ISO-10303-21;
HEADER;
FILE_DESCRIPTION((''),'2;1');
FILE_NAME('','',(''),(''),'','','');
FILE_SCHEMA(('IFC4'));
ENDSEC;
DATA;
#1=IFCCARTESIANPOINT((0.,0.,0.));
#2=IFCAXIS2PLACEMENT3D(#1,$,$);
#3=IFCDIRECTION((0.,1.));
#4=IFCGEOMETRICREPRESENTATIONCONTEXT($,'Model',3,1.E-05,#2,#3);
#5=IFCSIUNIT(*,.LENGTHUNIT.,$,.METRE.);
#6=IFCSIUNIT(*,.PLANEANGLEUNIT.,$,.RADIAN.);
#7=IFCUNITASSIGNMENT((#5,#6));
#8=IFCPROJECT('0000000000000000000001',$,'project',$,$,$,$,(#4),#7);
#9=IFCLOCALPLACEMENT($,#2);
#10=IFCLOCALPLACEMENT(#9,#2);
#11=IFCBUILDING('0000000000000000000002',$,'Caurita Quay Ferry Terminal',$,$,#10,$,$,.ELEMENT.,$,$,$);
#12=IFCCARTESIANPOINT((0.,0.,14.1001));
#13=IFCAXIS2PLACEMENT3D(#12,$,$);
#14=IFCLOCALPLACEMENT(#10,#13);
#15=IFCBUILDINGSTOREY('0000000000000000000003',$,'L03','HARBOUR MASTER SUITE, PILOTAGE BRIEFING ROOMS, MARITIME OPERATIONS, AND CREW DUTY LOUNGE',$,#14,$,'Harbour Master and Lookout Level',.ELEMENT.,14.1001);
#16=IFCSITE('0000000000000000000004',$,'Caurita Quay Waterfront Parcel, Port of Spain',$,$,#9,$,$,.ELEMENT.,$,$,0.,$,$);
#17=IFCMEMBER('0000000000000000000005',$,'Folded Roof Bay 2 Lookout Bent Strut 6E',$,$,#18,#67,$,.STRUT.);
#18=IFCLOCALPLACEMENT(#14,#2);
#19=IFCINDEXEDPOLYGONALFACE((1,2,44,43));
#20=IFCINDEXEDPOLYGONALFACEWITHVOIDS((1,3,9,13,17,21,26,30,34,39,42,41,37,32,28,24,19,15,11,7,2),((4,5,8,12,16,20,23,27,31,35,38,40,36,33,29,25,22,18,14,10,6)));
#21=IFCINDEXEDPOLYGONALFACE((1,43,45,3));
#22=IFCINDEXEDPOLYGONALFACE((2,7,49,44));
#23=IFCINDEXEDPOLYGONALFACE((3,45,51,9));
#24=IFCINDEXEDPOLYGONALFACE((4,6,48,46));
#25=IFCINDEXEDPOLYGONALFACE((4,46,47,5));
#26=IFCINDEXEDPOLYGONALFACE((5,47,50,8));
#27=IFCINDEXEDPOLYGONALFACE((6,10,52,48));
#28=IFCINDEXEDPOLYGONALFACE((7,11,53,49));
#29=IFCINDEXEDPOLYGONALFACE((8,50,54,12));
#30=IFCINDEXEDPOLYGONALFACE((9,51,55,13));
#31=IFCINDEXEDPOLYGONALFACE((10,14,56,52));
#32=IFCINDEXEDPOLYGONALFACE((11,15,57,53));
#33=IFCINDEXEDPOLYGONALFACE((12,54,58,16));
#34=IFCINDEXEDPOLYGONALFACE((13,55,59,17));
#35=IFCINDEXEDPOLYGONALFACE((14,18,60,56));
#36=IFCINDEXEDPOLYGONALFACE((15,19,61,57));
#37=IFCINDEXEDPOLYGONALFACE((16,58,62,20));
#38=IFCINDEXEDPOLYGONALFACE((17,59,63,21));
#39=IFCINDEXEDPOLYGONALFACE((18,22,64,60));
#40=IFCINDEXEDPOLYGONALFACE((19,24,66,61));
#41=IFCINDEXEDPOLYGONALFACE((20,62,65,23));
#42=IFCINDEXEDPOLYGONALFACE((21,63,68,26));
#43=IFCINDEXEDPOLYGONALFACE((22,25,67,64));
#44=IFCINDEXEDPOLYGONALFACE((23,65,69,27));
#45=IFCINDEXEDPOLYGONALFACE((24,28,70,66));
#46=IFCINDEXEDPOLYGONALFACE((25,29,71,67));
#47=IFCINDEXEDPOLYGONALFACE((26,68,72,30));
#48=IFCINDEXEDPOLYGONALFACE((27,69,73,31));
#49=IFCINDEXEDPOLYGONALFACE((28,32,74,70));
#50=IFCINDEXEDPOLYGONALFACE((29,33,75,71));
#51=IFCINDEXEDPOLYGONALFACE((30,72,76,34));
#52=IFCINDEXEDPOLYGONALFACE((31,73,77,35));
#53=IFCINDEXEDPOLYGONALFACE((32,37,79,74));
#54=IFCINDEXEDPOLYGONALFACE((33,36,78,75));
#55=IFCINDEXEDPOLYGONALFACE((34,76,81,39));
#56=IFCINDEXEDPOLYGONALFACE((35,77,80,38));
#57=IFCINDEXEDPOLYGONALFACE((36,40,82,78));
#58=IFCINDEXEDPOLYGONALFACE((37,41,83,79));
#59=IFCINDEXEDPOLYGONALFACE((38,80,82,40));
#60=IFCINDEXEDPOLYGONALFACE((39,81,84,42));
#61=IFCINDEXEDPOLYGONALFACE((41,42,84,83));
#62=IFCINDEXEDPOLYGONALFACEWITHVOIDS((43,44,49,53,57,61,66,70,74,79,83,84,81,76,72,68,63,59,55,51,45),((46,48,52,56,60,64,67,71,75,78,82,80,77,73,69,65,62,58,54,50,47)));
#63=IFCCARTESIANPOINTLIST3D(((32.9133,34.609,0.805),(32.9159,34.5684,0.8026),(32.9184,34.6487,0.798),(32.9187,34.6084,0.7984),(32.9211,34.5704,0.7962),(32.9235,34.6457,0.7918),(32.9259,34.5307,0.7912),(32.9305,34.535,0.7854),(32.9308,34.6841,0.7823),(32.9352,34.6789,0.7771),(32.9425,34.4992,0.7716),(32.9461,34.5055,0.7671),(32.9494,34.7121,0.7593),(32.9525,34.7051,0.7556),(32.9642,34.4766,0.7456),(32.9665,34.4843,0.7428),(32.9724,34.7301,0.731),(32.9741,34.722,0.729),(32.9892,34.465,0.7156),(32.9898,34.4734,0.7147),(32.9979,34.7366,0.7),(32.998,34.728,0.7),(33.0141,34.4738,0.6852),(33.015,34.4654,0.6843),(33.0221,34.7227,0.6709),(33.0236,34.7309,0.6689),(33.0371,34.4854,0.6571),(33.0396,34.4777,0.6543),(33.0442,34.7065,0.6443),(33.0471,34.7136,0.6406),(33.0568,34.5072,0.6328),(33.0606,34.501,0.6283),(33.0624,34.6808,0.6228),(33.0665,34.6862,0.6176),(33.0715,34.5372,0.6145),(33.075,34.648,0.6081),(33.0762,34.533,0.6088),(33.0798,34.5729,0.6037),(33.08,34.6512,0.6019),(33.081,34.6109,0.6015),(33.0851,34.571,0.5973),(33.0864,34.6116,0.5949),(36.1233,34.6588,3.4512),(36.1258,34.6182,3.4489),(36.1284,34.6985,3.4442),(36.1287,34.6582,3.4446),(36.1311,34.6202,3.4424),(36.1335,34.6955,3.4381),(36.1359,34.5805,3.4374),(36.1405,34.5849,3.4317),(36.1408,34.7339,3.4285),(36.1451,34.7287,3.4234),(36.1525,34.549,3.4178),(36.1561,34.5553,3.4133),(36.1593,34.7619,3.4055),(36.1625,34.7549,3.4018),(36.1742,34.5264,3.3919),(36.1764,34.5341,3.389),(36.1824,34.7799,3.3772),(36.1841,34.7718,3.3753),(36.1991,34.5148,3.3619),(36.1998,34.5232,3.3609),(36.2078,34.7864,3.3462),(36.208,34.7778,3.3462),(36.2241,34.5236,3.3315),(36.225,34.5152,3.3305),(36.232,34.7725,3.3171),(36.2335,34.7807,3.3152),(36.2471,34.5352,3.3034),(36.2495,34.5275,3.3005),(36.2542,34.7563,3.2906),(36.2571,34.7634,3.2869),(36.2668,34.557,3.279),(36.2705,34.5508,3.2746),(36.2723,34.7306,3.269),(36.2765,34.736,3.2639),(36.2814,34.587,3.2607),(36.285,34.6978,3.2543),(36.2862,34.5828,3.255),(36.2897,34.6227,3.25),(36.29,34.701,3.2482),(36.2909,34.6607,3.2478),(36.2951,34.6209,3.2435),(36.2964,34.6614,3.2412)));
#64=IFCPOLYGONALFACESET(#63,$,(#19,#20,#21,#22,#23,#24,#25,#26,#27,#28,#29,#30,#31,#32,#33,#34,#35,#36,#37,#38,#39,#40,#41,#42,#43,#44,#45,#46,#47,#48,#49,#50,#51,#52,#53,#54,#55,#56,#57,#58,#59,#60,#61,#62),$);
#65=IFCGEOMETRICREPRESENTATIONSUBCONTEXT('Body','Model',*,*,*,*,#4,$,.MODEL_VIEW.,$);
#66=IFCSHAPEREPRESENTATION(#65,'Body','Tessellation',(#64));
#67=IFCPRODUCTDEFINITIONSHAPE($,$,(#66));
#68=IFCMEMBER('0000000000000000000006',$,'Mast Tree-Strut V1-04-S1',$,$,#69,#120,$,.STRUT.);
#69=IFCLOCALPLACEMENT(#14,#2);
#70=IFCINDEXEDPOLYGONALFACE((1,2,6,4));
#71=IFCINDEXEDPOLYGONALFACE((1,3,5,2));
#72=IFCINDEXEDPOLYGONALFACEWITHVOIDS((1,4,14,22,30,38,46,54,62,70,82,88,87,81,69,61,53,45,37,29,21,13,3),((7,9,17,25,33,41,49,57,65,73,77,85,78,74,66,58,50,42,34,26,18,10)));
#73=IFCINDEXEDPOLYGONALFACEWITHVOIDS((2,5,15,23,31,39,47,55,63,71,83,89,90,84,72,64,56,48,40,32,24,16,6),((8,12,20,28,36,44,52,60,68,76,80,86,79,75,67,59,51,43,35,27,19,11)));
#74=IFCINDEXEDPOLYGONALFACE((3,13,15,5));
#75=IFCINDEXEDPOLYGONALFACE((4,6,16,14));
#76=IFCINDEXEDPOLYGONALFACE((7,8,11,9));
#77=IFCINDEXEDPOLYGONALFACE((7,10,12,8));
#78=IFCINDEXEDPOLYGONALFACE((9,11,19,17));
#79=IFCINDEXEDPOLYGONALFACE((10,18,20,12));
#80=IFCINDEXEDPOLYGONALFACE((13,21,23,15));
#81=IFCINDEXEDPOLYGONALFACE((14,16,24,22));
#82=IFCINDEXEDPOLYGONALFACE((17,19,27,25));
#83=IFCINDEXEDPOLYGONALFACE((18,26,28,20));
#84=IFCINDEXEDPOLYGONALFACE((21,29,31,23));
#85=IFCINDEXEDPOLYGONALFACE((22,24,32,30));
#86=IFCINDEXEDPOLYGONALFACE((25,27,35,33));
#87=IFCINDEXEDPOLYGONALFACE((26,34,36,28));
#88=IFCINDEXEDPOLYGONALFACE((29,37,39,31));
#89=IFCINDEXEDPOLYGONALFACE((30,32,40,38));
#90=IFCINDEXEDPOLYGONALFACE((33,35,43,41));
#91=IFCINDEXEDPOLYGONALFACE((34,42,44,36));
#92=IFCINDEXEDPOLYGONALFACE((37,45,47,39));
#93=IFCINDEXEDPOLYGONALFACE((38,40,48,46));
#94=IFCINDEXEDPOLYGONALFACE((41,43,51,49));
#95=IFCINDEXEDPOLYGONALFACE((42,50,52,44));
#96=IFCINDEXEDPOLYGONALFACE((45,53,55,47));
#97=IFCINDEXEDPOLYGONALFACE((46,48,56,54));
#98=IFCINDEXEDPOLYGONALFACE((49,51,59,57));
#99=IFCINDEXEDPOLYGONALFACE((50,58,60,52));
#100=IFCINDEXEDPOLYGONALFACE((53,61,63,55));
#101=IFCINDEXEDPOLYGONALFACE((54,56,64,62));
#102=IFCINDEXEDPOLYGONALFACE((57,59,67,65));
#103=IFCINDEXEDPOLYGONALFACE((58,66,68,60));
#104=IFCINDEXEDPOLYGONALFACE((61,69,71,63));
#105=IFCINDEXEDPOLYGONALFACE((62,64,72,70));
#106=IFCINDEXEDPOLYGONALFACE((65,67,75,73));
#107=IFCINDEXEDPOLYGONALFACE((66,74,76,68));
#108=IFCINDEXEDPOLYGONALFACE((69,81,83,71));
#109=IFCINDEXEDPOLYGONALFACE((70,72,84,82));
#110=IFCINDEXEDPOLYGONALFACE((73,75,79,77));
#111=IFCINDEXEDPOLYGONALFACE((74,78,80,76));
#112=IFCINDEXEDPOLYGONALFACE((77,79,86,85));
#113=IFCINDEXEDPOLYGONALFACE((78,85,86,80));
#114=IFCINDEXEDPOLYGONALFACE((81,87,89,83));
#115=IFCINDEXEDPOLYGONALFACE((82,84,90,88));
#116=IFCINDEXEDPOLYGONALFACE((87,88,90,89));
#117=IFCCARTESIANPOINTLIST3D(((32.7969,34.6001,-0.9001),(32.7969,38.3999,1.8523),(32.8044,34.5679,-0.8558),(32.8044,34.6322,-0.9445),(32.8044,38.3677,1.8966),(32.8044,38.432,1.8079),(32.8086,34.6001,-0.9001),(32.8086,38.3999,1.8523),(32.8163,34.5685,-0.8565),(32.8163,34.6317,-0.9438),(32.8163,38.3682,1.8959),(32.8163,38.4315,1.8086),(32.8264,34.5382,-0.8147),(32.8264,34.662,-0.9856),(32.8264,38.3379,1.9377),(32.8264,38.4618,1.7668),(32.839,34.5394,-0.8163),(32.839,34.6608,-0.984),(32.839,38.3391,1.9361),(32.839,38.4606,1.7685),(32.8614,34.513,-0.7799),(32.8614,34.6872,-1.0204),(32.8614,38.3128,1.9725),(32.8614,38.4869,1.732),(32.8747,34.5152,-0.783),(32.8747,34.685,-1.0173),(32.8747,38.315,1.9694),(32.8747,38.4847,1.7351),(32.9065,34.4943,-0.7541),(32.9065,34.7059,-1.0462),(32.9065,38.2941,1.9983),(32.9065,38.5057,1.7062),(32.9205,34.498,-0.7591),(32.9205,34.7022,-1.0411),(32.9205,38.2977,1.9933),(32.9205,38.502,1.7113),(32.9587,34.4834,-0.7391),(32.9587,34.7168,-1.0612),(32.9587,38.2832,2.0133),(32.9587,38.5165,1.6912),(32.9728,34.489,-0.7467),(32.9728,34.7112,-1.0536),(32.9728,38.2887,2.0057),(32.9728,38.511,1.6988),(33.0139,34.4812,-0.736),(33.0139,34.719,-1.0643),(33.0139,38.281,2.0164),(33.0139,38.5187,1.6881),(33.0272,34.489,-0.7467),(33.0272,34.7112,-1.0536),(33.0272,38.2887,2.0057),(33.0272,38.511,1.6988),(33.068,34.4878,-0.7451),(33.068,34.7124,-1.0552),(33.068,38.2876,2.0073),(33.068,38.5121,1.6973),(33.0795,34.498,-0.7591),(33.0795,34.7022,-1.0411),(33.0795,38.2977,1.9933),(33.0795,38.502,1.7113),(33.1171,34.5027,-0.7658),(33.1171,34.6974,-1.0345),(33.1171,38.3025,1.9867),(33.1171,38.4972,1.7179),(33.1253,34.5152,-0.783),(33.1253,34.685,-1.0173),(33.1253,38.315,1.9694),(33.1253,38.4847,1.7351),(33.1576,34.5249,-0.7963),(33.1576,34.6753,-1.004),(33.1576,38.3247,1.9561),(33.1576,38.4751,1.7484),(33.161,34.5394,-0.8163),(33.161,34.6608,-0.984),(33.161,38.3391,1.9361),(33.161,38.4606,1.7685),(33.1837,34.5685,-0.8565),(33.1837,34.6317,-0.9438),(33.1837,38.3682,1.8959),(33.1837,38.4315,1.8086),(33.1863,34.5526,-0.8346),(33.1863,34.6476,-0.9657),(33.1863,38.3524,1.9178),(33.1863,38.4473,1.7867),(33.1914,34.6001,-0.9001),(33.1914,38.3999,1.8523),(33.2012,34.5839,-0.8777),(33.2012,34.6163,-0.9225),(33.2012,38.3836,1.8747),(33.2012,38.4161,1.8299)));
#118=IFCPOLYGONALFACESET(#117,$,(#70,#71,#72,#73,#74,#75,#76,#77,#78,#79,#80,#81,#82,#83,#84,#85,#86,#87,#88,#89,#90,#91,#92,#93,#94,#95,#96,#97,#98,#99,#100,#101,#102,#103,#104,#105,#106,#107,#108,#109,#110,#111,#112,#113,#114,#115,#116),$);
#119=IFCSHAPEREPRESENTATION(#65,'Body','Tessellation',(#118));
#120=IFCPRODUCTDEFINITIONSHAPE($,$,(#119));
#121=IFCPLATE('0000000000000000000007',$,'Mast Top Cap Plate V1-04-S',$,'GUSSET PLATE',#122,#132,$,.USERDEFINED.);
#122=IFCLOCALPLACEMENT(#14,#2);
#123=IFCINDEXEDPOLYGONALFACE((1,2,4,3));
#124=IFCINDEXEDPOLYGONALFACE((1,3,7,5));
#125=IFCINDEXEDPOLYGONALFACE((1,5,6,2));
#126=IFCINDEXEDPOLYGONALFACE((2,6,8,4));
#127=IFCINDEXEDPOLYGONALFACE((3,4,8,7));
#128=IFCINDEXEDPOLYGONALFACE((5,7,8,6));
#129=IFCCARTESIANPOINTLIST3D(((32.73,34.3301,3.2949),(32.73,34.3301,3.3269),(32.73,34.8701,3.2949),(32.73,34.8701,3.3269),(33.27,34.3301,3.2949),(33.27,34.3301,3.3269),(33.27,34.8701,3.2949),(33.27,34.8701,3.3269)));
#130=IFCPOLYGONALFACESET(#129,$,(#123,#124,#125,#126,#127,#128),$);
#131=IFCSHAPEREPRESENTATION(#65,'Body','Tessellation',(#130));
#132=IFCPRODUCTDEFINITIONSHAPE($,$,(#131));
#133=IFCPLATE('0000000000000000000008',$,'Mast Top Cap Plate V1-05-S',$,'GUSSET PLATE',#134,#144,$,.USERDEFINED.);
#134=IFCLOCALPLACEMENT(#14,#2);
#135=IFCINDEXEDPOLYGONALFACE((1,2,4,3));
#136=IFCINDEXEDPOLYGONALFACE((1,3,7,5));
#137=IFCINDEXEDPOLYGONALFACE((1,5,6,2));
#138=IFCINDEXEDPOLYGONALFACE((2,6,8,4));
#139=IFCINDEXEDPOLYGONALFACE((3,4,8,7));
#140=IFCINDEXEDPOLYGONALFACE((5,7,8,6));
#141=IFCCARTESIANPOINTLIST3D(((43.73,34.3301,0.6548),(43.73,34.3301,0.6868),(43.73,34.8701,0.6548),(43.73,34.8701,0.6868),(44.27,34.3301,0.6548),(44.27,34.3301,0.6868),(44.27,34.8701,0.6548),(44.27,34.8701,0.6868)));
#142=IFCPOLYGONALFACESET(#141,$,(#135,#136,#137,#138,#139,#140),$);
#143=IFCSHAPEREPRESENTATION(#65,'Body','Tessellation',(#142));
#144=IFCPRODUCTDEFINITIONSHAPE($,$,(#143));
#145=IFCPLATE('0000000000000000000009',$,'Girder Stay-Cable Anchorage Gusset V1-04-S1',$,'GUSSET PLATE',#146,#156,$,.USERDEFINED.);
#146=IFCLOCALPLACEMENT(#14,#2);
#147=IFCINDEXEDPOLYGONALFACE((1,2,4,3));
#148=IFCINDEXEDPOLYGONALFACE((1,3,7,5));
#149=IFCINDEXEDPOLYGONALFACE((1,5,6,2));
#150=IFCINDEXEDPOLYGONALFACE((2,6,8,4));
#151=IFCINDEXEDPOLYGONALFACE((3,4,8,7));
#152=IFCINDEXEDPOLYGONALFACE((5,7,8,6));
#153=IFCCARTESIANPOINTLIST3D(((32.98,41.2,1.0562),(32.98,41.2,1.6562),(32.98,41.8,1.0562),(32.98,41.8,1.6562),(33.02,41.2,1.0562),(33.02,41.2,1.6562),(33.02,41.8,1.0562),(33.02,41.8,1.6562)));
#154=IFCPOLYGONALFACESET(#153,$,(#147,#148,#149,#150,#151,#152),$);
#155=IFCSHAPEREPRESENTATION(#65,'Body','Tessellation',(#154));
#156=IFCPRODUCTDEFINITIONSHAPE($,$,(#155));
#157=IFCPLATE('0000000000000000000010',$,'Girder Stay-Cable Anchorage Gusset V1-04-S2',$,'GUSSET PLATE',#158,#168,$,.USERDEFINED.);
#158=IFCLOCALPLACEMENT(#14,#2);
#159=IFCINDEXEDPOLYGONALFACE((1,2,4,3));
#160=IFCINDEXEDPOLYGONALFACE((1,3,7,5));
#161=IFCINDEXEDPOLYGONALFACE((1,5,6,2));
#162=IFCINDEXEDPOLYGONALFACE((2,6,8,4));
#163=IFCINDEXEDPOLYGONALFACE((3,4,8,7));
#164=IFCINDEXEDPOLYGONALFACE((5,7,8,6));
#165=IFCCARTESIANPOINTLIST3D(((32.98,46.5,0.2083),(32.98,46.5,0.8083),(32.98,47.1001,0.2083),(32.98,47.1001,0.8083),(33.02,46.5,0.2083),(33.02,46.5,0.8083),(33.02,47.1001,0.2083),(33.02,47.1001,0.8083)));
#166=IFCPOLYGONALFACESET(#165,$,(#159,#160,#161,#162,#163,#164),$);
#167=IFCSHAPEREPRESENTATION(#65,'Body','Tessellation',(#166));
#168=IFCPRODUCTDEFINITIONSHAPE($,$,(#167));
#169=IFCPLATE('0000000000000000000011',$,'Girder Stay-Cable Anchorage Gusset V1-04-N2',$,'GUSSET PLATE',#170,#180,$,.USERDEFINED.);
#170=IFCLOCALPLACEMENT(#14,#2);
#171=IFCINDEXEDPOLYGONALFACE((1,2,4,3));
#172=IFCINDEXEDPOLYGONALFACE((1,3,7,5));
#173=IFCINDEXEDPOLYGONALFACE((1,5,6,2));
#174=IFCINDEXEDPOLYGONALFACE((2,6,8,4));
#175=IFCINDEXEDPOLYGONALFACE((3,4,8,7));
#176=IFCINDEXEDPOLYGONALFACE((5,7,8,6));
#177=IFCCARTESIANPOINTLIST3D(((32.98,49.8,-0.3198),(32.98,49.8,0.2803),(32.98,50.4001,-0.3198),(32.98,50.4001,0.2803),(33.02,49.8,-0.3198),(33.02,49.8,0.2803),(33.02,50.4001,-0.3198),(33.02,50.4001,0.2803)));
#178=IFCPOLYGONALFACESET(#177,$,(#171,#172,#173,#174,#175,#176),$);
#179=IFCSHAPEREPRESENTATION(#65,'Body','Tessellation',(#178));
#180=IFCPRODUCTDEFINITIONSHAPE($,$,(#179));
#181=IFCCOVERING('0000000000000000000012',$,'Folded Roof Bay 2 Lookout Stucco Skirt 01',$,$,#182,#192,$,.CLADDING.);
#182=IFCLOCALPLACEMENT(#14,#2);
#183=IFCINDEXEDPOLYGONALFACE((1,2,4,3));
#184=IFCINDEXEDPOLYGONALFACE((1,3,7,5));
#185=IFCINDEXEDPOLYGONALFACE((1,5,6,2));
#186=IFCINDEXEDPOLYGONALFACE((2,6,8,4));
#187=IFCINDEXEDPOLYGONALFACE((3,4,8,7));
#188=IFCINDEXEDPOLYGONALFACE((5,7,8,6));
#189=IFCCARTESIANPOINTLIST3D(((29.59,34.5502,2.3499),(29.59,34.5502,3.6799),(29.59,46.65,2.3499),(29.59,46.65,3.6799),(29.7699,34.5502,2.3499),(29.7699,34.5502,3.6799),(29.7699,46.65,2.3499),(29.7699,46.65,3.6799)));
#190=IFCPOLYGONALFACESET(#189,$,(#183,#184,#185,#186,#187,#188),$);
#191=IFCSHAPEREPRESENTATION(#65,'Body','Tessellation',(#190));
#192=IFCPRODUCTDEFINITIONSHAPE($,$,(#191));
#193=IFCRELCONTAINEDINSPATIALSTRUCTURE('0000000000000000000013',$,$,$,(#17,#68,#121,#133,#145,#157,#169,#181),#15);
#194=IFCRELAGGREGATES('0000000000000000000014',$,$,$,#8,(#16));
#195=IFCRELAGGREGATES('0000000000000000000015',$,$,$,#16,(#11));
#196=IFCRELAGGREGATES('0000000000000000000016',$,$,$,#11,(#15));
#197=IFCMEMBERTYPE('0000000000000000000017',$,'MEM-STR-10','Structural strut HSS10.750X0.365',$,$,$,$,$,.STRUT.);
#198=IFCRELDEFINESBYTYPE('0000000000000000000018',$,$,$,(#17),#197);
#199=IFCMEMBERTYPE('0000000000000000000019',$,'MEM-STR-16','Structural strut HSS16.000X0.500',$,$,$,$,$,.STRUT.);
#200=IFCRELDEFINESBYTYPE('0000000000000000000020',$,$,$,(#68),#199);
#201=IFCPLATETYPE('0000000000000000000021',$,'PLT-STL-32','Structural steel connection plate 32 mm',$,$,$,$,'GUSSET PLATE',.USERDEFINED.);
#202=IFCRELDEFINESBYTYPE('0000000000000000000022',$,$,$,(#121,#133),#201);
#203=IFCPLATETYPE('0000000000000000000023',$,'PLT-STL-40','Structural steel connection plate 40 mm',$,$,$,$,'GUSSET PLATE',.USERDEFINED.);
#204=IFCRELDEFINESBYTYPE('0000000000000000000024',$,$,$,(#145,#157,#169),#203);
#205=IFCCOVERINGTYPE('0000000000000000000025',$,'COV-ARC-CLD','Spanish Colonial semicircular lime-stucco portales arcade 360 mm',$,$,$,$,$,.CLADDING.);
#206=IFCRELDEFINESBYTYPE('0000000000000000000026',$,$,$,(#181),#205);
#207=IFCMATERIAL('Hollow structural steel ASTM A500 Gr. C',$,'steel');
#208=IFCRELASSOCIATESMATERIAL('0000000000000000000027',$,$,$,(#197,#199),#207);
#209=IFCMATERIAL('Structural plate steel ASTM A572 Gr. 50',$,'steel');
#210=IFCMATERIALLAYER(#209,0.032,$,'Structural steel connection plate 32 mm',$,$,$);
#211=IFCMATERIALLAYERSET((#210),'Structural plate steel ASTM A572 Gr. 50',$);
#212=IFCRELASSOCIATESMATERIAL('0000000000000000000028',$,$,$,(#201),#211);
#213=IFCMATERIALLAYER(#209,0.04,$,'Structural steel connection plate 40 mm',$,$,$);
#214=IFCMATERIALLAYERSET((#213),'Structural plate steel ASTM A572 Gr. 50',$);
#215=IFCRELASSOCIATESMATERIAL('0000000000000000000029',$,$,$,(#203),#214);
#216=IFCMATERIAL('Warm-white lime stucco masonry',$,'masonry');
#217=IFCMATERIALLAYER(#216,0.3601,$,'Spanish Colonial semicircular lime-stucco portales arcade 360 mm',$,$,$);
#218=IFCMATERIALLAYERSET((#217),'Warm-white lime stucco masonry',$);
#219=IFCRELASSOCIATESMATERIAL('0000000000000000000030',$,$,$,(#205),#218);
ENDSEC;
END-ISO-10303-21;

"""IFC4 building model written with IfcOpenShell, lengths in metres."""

from ifc_helpers import new_model, si_unit, direction, frame, frame_2d, origin, origin_2d, place, context, subcontext, project, spatial, rectangle, hollow_circle, extrude, material, layer, layer_set, material_profile, profile_set, type_object, element, save


model = new_model("IFC4")

# Units and contexts
model_context = context("Model", 3, precision=1e-05, world=origin(), true_north=direction((0.0, 1.0)))
body_context = subcontext(model_context, "Body", "Model", "MODEL_VIEW")
ifc_project = project(units=[si_unit("LENGTHUNIT", "METRE"), si_unit("PLANEANGLEUNIT", "RADIAN")], contexts=[model_context])

# Site, building, storey
site_placement = place(None, origin())
site = spatial("IfcSite", under=ifc_project, at=site_placement, Name="Caurita Quay Waterfront Parcel, Port of Spain", CompositionType="ELEMENT", RefElevation=0.0)
building_placement = place(site_placement, origin())
building = spatial("IfcBuilding", under=site, at=building_placement, Name="Caurita Quay Ferry Terminal", CompositionType="ELEMENT")
storey_placement = place(building_placement, frame((0.0, 0.0, 14.1001)))
storey = spatial("IfcBuildingStorey", under=building, at=storey_placement, Name="L03", Description="HARBOUR MASTER SUITE, PILOTAGE BRIEFING ROOMS, MARITIME OPERATIONS, AND CREW DUTY LOUNGE", LongName="Harbour Master and Lookout Level", CompositionType="ELEMENT", Elevation=14.1001)

# Shared definitions
ifc_material_1 = material(Name="Hollow structural steel ASTM A500 Gr. C", Category="steel")

# Members
ifc_material_profile_1 = material_profile(ifc_material_1, hollow_circle(Radius=0.1365, WallThickness=0.0085, at=origin_2d()), Name="HSS10.750X0.365")
ifc_profile_set_1 = profile_set([ifc_material_profile_1], Name="Hollow structural steel ASTM A500 Gr. C")
member_type_1 = type_object("IfcMemberType", Name="MEM-STR-10", Description="Structural strut HSS10.750X0.365", PredefinedType="STRUT", material=ifc_profile_set_1)
for number, where, z_axis, x_axis, name in (
    (1, (33.0, 34.6001, 0.7), (0.771551, 0.011971, 0.636054), (-0.015514, 0.99988, 0.0), "Folded Roof Bay 2 Lookout Bent Strut 6E"),
):
    element("IfcMember", number, at=place(storey_placement, frame(where, z_axis=z_axis, x_axis=x_axis)), inside=storey, type_object=member_type_1, Name=name, PredefinedType="STRUT", context=body_context, shape_type="SweptSolid", body=[
        extrude(hollow_circle(Radius=0.1365, WallThickness=0.0085, at=origin_2d()), origin(), (0.0, 0.0, 1.0), 4.1604),
    ])
ifc_material_profile_2 = material_profile(ifc_material_1, hollow_circle(Radius=0.2031, WallThickness=0.0117, at=origin_2d()), Name="HSS16.000X0.500")
ifc_profile_set_2 = profile_set([ifc_material_profile_2], Name="Hollow structural steel ASTM A500 Gr. C")
member_type_2 = type_object("IfcMemberType", Name="MEM-STR-16", Description="Structural strut HSS16.000X0.500", PredefinedType="STRUT", material=ifc_profile_set_2)
member_1_placement = place(storey_placement, frame((33.0, 34.6001, -0.9001), z_axis=(0.0, 0.809855, 0.58663), x_axis=(-1.0, 0.0, 0.0)))
element("IfcMember", 2, at=member_1_placement, inside=storey, type_object=member_type_2, Name="Mast Tree-Strut V1-04-S1", PredefinedType="STRUT", context=body_context, shape_type="SweptSolid", body=[
    extrude(hollow_circle(Radius=0.2031, WallThickness=0.0117, at=origin_2d()), origin(), (0.0, 0.0, 1.0), 4.6919),
])

# Plates
ifc_material_2 = material(Name="Structural plate steel ASTM A572 Gr. 50", Category="steel")
ifc_layer_1 = layer(ifc_material_2, 0.032, Name="Structural steel connection plate 32 mm")
ifc_layer_set_1 = layer_set([ifc_layer_1], Name="Structural plate steel ASTM A572 Gr. 50")
plate_type_1 = type_object("IfcPlateType", Name="PLT-STL-32", Description="Structural steel connection plate 32 mm", ElementType="GUSSET PLATE", PredefinedType="USERDEFINED", material=ifc_layer_set_1)
for number, where, z_axis, x_axis, name in (
    (3, (33.0, 34.6001, 3.2949), (0.0, 0.0, 1.0), (1.0, 0.0, 0.0), "Mast Top Cap Plate V1-04-S"),
    (4, (44.0, 34.6001, 0.6548), (0.0, 0.0, 1.0), (1.0, 0.0, 0.0), "Mast Top Cap Plate V1-05-S"),
):
    element("IfcPlate", number, at=place(storey_placement, frame(where, z_axis=z_axis, x_axis=x_axis)), inside=storey, type_object=plate_type_1, Name=name, ObjectType="GUSSET PLATE", PredefinedType="USERDEFINED", context=body_context, shape_type="SweptSolid", body=[
        extrude(rectangle(XDim=0.54, YDim=0.54, at=origin_2d()), origin(), (0.0, 0.0, 1.0), 0.032),
    ])
ifc_layer_2 = layer(ifc_material_2, 0.04, Name="Structural steel connection plate 40 mm")
ifc_layer_set_2 = layer_set([ifc_layer_2], Name="Structural plate steel ASTM A572 Gr. 50")
plate_type_2 = type_object("IfcPlateType", Name="PLT-STL-40", Description="Structural steel connection plate 40 mm", ElementType="GUSSET PLATE", PredefinedType="USERDEFINED", material=ifc_layer_set_2)
for number, where, z_axis, x_axis, name in (
    (5, (33.0, 41.5, 1.0562), (0.0, 0.0, 1.0), (1.0, 0.0, 0.0), "Girder Stay-Cable Anchorage Gusset V1-04-S1"),
    (6, (33.0, 46.8, 0.2083), (0.0, 0.0, 1.0), (1.0, 0.0, 0.0), "Girder Stay-Cable Anchorage Gusset V1-04-S2"),
    (7, (33.0, 50.1001, -0.3198), (0.0, 0.0, 1.0), (1.0, 0.0, 0.0), "Girder Stay-Cable Anchorage Gusset V1-04-N2"),
):
    element("IfcPlate", number, at=place(storey_placement, frame(where, z_axis=z_axis, x_axis=x_axis)), inside=storey, type_object=plate_type_2, Name=name, ObjectType="GUSSET PLATE", PredefinedType="USERDEFINED", context=body_context, shape_type="SweptSolid", body=[
        extrude(rectangle(XDim=0.04, YDim=0.6001, at=origin_2d()), origin(), (0.0, 0.0, 1.0), 0.6001),
    ])

# Covering
ifc_material_3 = material(Name="Warm-white lime stucco masonry", Category="masonry")
ifc_layer_3 = layer(ifc_material_3, 0.3601, Name="Spanish Colonial semicircular lime-stucco portales arcade 360 mm")
ifc_layer_set_3 = layer_set([ifc_layer_3], Name="Warm-white lime stucco masonry")
covering_type = type_object("IfcCoveringType", Name="COV-ARC-CLD", Description="Spanish Colonial semicircular lime-stucco portales arcade 360 mm", PredefinedType="CLADDING", material=ifc_layer_set_3)
covering_placement = place(storey_placement, frame((29.6799, 46.6499, 2.3499), z_axis=(0.0, 0.0, 1.0), x_axis=(0.0, -1.0, 0.0)))
element("IfcCovering", 8, at=covering_placement, inside=storey, type_object=covering_type, Name="Folded Roof Bay 2 Lookout Stucco Skirt 01", PredefinedType="CLADDING", context=body_context, shape_type="SweptSolid", body=[
    extrude(rectangle(XDim=12.0999, YDim=0.1799, at=frame_2d((6.0498, 0.0))), origin(), (0.0, 0.0, 1.0), 1.3301),
])

save(model, "model.ifc")
